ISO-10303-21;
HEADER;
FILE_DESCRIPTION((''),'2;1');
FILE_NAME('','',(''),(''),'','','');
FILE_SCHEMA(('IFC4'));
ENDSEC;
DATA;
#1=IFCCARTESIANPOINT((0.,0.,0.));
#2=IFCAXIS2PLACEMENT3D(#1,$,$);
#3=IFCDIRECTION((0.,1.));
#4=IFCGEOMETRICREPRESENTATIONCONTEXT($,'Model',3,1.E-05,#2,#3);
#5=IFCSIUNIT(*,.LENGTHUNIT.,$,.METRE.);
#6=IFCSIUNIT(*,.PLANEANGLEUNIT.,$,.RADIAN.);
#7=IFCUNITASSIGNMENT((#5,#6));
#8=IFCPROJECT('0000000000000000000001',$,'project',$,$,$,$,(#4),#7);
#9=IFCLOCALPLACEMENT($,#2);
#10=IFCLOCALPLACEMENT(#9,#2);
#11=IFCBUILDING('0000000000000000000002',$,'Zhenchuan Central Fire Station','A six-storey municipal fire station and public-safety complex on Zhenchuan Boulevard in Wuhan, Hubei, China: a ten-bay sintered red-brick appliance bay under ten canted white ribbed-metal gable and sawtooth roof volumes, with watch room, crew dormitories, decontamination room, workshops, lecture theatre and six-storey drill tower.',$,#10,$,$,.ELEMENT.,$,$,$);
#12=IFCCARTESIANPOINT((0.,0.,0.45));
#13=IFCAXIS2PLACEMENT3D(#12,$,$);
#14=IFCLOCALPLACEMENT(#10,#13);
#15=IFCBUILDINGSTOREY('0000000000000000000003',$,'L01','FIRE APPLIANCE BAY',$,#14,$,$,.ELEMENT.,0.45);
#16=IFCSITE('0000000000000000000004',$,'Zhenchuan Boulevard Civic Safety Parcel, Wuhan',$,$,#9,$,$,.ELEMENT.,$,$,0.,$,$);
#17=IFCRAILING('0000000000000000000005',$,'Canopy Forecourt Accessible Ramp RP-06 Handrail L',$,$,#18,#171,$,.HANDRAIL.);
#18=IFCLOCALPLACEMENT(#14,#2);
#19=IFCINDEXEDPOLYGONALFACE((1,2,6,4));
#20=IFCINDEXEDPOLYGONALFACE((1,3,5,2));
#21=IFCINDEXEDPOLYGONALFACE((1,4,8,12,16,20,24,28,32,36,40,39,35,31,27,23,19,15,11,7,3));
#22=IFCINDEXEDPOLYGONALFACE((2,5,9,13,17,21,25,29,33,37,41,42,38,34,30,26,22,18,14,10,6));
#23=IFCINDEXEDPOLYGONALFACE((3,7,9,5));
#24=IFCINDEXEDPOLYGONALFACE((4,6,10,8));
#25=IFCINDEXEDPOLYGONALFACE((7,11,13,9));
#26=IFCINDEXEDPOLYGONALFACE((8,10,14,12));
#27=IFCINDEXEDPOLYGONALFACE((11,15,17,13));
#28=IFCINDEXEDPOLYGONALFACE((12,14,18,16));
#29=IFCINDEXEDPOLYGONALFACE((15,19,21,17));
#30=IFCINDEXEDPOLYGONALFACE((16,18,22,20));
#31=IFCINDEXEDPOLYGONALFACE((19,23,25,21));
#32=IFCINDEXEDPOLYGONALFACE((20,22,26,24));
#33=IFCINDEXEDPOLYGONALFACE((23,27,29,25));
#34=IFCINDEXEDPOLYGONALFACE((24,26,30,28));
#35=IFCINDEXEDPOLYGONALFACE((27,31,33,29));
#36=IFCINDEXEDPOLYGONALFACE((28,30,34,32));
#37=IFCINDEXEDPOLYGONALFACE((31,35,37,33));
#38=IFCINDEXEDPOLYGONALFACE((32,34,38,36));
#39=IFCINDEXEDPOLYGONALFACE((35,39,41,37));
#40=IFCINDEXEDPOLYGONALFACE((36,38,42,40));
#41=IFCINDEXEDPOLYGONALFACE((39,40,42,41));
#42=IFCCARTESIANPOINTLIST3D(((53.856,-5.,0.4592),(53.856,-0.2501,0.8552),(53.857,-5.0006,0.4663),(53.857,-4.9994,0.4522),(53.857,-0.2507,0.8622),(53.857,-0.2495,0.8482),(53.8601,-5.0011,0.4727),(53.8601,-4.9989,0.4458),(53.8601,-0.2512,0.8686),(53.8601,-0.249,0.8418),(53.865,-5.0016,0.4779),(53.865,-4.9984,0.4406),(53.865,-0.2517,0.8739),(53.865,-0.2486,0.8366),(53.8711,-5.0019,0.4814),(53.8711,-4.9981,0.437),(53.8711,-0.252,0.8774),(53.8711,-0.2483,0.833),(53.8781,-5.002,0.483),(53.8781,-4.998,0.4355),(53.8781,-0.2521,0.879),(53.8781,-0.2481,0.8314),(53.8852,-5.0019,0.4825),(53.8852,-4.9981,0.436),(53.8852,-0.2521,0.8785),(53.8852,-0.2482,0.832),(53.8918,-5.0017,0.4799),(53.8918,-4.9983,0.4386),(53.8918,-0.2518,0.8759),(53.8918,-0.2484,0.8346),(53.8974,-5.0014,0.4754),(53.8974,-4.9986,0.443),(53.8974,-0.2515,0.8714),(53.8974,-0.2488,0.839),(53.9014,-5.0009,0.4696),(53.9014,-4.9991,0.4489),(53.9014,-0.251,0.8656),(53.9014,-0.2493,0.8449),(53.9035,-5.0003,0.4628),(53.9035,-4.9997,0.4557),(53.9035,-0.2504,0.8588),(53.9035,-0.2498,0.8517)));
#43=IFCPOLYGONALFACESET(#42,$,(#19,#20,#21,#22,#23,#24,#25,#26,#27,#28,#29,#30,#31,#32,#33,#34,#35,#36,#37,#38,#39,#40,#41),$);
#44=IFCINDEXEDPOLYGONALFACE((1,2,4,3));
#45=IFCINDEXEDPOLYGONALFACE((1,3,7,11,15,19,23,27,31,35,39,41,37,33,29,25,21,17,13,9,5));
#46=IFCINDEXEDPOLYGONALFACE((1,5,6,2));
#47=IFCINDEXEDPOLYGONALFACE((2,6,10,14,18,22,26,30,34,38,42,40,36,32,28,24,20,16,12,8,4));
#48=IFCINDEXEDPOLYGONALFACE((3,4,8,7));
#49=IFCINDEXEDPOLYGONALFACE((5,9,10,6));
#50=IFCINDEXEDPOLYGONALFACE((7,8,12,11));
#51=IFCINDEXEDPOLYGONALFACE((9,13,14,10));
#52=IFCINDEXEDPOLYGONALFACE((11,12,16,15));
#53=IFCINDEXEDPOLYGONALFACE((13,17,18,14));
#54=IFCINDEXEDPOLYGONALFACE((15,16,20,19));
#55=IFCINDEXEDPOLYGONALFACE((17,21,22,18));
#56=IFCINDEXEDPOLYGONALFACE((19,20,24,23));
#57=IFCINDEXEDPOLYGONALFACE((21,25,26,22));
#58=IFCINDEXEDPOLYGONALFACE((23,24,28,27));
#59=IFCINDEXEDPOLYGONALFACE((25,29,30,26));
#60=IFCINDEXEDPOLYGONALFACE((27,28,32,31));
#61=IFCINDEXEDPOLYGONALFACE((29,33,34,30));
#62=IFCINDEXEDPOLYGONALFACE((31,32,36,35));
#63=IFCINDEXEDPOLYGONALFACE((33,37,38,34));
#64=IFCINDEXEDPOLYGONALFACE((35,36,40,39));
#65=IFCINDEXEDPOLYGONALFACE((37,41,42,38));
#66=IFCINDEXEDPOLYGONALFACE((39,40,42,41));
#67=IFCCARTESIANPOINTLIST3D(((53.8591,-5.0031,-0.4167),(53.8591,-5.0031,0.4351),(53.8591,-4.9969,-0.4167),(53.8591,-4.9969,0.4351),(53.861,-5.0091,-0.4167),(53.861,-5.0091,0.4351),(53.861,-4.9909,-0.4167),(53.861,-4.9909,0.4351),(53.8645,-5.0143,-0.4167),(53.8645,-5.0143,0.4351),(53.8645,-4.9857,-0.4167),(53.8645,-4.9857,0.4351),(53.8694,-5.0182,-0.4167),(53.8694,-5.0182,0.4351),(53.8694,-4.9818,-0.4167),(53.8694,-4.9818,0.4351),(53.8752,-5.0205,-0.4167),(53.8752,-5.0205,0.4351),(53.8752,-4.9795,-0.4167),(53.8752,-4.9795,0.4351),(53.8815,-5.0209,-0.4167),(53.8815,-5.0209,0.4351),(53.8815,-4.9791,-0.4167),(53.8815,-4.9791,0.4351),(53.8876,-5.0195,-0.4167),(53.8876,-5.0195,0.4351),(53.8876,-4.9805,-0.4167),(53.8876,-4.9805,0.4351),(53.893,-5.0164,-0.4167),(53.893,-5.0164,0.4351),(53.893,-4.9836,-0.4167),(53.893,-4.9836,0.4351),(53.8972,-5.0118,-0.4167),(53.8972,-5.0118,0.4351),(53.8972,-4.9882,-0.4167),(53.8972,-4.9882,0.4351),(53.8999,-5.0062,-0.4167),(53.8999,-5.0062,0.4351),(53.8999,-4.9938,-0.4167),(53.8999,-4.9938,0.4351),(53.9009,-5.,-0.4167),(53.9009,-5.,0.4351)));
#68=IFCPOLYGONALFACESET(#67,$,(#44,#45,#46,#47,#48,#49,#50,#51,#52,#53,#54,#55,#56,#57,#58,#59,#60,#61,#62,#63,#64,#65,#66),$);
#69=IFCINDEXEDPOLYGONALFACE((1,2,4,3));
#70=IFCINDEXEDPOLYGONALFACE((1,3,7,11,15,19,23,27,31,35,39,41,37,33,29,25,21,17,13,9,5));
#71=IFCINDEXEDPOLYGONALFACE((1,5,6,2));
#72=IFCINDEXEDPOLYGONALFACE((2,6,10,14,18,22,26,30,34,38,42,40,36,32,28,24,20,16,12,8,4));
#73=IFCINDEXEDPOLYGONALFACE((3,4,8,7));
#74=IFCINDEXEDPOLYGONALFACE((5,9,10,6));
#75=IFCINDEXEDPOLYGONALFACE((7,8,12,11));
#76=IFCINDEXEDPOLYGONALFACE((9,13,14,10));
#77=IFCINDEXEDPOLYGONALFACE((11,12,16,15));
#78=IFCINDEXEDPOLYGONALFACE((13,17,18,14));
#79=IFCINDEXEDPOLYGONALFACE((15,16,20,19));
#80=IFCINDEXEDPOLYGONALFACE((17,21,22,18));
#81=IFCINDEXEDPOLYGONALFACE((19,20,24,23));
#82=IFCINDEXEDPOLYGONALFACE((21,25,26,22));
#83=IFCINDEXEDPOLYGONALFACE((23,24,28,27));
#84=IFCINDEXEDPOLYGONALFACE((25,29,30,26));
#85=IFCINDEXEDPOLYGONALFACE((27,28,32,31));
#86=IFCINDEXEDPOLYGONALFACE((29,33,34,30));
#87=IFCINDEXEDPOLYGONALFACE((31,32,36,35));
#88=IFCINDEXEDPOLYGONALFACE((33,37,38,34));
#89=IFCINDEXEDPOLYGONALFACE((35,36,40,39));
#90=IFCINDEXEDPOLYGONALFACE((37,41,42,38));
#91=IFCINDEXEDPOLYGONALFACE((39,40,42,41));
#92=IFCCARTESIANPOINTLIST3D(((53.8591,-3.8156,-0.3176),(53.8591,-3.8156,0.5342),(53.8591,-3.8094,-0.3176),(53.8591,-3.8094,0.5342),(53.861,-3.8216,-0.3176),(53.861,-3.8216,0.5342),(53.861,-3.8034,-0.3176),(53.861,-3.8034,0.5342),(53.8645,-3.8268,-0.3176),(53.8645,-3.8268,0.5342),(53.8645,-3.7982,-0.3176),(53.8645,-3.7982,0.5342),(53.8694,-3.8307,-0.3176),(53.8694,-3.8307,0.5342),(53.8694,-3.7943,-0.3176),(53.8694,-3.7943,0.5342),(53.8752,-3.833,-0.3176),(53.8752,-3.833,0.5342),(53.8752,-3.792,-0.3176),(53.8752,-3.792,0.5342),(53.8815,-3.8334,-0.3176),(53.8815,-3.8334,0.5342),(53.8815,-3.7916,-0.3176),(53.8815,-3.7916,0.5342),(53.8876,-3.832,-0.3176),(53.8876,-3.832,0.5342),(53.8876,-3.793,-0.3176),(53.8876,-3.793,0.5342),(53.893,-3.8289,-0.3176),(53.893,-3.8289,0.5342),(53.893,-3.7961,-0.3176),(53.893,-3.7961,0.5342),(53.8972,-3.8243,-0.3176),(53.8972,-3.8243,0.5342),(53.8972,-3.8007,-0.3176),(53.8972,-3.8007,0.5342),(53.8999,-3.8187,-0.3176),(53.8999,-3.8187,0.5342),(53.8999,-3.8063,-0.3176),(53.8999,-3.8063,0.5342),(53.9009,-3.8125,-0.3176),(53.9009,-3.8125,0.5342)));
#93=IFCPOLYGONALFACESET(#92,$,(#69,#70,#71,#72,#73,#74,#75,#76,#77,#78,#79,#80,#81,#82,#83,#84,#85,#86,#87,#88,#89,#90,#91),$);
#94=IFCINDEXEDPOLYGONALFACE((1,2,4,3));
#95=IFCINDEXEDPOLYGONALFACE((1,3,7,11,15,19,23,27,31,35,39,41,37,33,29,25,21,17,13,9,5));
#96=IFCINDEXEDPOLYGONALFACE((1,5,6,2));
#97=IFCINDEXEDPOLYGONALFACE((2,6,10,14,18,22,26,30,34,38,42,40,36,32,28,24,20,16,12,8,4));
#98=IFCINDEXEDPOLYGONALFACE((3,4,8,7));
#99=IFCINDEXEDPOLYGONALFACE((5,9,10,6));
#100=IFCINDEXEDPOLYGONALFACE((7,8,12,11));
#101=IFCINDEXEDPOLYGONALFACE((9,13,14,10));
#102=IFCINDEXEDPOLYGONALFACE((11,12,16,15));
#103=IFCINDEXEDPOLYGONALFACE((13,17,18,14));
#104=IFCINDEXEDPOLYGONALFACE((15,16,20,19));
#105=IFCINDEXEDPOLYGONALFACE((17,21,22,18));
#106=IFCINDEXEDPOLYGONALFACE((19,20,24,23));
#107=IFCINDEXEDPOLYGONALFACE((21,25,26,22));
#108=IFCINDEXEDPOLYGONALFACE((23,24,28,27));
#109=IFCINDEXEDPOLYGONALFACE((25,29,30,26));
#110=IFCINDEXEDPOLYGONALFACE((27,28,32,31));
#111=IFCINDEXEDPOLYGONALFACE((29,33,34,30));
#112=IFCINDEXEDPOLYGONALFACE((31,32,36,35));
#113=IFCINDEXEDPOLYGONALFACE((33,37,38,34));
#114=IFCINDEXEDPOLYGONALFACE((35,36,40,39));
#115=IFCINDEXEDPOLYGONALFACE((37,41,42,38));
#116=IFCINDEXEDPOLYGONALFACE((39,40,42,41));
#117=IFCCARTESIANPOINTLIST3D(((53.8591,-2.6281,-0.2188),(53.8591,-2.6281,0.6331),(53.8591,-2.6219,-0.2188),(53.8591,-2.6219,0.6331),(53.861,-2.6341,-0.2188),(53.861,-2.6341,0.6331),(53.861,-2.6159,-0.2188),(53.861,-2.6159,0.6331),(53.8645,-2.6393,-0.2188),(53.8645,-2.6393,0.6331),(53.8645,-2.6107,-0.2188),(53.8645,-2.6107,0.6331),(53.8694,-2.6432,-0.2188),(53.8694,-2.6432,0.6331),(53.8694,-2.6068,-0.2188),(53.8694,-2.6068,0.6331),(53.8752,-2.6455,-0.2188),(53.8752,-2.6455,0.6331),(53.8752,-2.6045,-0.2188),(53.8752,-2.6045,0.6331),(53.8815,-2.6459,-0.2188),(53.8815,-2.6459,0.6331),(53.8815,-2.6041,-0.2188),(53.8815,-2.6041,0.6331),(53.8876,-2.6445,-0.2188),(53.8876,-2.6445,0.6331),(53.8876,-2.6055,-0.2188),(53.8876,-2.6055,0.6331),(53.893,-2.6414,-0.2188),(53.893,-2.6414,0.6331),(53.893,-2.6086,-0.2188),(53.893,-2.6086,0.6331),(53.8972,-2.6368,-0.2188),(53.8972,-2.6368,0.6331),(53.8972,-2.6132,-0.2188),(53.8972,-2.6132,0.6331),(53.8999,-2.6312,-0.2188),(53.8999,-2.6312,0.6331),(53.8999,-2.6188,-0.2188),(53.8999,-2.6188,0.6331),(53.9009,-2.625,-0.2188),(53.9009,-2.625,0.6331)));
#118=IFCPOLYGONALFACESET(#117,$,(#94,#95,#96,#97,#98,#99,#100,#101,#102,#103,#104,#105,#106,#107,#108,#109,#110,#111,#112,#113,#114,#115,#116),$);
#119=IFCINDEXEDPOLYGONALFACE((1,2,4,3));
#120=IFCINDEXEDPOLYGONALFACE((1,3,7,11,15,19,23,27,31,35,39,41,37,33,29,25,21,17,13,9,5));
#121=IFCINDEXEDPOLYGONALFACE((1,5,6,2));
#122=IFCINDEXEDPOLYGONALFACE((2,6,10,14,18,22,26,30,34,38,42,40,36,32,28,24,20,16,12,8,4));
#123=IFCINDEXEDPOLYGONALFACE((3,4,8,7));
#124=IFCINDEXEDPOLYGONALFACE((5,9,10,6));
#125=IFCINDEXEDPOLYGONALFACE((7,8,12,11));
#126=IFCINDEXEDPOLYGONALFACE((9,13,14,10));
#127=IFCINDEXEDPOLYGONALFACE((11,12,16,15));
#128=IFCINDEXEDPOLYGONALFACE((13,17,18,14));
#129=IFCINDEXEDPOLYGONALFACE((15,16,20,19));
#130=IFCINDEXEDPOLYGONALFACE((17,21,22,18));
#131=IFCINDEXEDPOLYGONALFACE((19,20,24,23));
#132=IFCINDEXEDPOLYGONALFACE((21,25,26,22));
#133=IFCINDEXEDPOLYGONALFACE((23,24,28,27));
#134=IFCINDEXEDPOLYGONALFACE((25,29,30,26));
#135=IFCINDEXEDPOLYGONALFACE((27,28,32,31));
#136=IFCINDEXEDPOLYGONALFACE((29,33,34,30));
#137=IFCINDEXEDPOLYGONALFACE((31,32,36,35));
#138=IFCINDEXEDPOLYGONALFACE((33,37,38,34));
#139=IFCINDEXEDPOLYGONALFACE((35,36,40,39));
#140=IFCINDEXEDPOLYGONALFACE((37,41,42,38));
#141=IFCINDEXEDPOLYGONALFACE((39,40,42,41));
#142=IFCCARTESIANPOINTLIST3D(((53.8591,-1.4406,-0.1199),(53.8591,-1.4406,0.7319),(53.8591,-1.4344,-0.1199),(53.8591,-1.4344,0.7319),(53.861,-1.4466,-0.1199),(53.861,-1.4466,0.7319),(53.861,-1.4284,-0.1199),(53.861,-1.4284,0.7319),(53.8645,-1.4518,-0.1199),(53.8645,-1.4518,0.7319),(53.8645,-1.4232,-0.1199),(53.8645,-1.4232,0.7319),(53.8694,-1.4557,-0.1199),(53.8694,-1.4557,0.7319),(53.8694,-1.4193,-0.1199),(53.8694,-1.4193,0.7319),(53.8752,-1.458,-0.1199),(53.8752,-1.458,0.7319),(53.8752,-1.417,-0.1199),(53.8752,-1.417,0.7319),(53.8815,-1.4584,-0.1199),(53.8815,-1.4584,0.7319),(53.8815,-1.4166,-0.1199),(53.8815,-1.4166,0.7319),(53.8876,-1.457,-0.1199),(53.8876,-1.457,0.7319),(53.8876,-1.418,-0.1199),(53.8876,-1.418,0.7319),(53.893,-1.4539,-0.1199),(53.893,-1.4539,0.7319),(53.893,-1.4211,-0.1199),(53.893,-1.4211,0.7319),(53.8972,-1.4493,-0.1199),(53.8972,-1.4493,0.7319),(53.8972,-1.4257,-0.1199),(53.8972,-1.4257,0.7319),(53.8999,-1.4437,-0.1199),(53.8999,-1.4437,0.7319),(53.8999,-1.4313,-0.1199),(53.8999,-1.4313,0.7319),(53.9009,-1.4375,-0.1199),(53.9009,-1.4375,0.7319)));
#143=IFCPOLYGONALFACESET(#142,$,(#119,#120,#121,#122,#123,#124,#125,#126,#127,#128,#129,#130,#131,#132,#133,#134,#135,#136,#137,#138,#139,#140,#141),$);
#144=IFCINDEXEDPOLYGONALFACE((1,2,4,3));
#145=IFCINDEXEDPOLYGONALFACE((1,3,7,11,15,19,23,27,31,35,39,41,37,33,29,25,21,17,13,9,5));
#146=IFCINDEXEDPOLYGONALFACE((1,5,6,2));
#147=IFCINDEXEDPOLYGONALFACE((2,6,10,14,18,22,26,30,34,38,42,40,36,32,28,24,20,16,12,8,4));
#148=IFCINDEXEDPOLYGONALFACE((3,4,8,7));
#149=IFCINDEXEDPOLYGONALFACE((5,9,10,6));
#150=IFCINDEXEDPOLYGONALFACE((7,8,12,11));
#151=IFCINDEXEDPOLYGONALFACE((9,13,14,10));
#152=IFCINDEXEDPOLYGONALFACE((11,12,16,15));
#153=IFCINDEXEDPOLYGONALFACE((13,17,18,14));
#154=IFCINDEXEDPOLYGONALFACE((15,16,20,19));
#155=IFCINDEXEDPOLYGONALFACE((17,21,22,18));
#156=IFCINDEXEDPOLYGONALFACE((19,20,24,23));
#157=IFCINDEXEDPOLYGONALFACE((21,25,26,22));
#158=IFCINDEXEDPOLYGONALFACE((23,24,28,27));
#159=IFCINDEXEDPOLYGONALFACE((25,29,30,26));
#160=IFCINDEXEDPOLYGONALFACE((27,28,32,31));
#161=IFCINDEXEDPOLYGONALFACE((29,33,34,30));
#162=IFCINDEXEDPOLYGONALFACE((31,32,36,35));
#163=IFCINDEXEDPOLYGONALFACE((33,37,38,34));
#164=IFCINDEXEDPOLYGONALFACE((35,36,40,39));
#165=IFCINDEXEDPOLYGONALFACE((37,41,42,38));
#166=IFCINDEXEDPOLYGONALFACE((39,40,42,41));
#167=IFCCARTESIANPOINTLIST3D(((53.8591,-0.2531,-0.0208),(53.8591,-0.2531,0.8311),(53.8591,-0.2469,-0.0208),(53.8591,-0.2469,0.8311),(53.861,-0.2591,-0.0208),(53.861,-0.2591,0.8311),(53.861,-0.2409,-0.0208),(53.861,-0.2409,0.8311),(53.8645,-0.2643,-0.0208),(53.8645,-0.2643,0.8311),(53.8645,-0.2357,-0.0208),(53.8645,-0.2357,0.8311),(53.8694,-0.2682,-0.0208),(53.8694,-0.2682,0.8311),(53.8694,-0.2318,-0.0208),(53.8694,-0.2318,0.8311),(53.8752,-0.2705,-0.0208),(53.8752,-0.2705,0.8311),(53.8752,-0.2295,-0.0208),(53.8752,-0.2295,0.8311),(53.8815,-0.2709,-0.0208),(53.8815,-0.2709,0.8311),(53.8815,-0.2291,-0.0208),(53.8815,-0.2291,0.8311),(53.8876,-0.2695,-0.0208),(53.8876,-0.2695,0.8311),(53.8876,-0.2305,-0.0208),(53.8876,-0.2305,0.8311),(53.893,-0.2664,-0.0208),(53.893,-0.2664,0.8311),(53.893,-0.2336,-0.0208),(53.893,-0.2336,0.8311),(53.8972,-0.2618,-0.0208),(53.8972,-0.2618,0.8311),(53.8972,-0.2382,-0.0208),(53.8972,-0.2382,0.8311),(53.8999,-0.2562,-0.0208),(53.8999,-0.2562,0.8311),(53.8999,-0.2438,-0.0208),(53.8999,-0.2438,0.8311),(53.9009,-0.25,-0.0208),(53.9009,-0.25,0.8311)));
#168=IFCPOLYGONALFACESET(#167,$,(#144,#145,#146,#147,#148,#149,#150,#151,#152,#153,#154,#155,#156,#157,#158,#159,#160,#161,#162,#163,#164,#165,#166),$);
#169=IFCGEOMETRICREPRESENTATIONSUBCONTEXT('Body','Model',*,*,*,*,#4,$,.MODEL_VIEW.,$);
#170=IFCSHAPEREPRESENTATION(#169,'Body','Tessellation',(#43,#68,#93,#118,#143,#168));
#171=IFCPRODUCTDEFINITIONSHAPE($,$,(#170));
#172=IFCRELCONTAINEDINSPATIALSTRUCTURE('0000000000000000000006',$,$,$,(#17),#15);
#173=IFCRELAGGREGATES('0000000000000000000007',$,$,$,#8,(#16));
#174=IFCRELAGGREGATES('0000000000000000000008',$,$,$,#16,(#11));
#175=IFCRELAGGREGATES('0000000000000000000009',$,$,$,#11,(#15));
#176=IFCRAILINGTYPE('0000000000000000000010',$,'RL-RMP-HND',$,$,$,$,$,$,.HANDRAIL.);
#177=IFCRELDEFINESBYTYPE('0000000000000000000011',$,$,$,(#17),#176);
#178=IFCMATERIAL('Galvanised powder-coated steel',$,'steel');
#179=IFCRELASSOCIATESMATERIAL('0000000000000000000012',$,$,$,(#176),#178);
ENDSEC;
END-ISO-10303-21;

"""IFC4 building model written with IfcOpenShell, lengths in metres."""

from ifc_helpers import new_model, si_unit, direction, frame, origin, origin_2d, place, context, subcontext, project, spatial, circle, extrude, material, type_object, element, save


model = new_model("IFC4")

# Units and contexts
model_context = context("Model", 3, precision=1e-05, world=origin(), true_north=direction((0.0, 1.0)))
body_context = subcontext(model_context, "Body", "Model", "MODEL_VIEW")
ifc_project = project(units=[si_unit("LENGTHUNIT", "METRE"), si_unit("PLANEANGLEUNIT", "RADIAN")], contexts=[model_context])

# Site, building, storey
site_placement = place(None, origin())
site = spatial("IfcSite", under=ifc_project, at=site_placement, Name="Zhenchuan Boulevard Civic Safety Parcel, Wuhan", CompositionType="ELEMENT", RefElevation=0.0)
building_placement = place(site_placement, origin())
building = spatial("IfcBuilding", under=site, at=building_placement, Name="Zhenchuan Central Fire Station", Description="A six-storey municipal fire station and public-safety complex on Zhenchuan Boulevard in Wuhan, Hubei, China: a ten-bay sintered red-brick appliance bay under ten canted white ribbed-metal gable and sawtooth roof volumes, with watch room, crew dormitories, decontamination room, workshops, lecture theatre and six-storey drill tower.", CompositionType="ELEMENT")
storey_placement = place(building_placement, frame((0.0, 0.0, 0.45)))
storey = spatial("IfcBuildingStorey", under=building, at=storey_placement, Name="L01", Description="FIRE APPLIANCE BAY", CompositionType="ELEMENT", Elevation=0.45)

# Railing
ifc_material_1 = material(Name="Galvanised powder-coated steel", Category="steel")
railing_type = type_object("IfcRailingType", Name="RL-RMP-HND", PredefinedType="HANDRAIL", material=ifc_material_1)
for number, where, name in (
    (1, (53.8799, -5.0, -0.4167), "Canopy Forecourt Accessible Ramp RP-06 Handrail L"),
):
    element("IfcRailing", number, at=place(storey_placement, frame(where)), inside=storey, type_object=railing_type, Name=name, PredefinedType="HANDRAIL", context=body_context, shape_type="SweptSolid", body=[
        extrude(circle(Radius=0.0239, at=origin_2d()), frame((0.0, 0.0, 0.876), z_axis=(0.0, 0.996543, 0.083079), x_axis=(-1.0, 0.0, 0.0)), (0.0, 0.0, 1.0), 4.7664),
        extrude(circle(Radius=0.021, at=origin_2d()), origin(), (0.0, 0.0, 1.0), 0.8518),
        extrude(circle(Radius=0.021, at=origin_2d()), frame((0.0, 1.1875, 0.0991)), (0.0, 0.0, 1.0), 0.8518),
        extrude(circle(Radius=0.021, at=origin_2d()), frame((0.0, 2.375, 0.198)), (0.0, 0.0, 1.0), 0.8518),
        extrude(circle(Radius=0.021, at=origin_2d()), frame((0.0, 3.5625, 0.2969)), (0.0, 0.0, 1.0), 0.8518),
        extrude(circle(Radius=0.021, at=origin_2d()), frame((0.0, 4.75, 0.396)), (0.0, 0.0, 1.0), 0.8518),
    ])

save(model, "model.ifc")
